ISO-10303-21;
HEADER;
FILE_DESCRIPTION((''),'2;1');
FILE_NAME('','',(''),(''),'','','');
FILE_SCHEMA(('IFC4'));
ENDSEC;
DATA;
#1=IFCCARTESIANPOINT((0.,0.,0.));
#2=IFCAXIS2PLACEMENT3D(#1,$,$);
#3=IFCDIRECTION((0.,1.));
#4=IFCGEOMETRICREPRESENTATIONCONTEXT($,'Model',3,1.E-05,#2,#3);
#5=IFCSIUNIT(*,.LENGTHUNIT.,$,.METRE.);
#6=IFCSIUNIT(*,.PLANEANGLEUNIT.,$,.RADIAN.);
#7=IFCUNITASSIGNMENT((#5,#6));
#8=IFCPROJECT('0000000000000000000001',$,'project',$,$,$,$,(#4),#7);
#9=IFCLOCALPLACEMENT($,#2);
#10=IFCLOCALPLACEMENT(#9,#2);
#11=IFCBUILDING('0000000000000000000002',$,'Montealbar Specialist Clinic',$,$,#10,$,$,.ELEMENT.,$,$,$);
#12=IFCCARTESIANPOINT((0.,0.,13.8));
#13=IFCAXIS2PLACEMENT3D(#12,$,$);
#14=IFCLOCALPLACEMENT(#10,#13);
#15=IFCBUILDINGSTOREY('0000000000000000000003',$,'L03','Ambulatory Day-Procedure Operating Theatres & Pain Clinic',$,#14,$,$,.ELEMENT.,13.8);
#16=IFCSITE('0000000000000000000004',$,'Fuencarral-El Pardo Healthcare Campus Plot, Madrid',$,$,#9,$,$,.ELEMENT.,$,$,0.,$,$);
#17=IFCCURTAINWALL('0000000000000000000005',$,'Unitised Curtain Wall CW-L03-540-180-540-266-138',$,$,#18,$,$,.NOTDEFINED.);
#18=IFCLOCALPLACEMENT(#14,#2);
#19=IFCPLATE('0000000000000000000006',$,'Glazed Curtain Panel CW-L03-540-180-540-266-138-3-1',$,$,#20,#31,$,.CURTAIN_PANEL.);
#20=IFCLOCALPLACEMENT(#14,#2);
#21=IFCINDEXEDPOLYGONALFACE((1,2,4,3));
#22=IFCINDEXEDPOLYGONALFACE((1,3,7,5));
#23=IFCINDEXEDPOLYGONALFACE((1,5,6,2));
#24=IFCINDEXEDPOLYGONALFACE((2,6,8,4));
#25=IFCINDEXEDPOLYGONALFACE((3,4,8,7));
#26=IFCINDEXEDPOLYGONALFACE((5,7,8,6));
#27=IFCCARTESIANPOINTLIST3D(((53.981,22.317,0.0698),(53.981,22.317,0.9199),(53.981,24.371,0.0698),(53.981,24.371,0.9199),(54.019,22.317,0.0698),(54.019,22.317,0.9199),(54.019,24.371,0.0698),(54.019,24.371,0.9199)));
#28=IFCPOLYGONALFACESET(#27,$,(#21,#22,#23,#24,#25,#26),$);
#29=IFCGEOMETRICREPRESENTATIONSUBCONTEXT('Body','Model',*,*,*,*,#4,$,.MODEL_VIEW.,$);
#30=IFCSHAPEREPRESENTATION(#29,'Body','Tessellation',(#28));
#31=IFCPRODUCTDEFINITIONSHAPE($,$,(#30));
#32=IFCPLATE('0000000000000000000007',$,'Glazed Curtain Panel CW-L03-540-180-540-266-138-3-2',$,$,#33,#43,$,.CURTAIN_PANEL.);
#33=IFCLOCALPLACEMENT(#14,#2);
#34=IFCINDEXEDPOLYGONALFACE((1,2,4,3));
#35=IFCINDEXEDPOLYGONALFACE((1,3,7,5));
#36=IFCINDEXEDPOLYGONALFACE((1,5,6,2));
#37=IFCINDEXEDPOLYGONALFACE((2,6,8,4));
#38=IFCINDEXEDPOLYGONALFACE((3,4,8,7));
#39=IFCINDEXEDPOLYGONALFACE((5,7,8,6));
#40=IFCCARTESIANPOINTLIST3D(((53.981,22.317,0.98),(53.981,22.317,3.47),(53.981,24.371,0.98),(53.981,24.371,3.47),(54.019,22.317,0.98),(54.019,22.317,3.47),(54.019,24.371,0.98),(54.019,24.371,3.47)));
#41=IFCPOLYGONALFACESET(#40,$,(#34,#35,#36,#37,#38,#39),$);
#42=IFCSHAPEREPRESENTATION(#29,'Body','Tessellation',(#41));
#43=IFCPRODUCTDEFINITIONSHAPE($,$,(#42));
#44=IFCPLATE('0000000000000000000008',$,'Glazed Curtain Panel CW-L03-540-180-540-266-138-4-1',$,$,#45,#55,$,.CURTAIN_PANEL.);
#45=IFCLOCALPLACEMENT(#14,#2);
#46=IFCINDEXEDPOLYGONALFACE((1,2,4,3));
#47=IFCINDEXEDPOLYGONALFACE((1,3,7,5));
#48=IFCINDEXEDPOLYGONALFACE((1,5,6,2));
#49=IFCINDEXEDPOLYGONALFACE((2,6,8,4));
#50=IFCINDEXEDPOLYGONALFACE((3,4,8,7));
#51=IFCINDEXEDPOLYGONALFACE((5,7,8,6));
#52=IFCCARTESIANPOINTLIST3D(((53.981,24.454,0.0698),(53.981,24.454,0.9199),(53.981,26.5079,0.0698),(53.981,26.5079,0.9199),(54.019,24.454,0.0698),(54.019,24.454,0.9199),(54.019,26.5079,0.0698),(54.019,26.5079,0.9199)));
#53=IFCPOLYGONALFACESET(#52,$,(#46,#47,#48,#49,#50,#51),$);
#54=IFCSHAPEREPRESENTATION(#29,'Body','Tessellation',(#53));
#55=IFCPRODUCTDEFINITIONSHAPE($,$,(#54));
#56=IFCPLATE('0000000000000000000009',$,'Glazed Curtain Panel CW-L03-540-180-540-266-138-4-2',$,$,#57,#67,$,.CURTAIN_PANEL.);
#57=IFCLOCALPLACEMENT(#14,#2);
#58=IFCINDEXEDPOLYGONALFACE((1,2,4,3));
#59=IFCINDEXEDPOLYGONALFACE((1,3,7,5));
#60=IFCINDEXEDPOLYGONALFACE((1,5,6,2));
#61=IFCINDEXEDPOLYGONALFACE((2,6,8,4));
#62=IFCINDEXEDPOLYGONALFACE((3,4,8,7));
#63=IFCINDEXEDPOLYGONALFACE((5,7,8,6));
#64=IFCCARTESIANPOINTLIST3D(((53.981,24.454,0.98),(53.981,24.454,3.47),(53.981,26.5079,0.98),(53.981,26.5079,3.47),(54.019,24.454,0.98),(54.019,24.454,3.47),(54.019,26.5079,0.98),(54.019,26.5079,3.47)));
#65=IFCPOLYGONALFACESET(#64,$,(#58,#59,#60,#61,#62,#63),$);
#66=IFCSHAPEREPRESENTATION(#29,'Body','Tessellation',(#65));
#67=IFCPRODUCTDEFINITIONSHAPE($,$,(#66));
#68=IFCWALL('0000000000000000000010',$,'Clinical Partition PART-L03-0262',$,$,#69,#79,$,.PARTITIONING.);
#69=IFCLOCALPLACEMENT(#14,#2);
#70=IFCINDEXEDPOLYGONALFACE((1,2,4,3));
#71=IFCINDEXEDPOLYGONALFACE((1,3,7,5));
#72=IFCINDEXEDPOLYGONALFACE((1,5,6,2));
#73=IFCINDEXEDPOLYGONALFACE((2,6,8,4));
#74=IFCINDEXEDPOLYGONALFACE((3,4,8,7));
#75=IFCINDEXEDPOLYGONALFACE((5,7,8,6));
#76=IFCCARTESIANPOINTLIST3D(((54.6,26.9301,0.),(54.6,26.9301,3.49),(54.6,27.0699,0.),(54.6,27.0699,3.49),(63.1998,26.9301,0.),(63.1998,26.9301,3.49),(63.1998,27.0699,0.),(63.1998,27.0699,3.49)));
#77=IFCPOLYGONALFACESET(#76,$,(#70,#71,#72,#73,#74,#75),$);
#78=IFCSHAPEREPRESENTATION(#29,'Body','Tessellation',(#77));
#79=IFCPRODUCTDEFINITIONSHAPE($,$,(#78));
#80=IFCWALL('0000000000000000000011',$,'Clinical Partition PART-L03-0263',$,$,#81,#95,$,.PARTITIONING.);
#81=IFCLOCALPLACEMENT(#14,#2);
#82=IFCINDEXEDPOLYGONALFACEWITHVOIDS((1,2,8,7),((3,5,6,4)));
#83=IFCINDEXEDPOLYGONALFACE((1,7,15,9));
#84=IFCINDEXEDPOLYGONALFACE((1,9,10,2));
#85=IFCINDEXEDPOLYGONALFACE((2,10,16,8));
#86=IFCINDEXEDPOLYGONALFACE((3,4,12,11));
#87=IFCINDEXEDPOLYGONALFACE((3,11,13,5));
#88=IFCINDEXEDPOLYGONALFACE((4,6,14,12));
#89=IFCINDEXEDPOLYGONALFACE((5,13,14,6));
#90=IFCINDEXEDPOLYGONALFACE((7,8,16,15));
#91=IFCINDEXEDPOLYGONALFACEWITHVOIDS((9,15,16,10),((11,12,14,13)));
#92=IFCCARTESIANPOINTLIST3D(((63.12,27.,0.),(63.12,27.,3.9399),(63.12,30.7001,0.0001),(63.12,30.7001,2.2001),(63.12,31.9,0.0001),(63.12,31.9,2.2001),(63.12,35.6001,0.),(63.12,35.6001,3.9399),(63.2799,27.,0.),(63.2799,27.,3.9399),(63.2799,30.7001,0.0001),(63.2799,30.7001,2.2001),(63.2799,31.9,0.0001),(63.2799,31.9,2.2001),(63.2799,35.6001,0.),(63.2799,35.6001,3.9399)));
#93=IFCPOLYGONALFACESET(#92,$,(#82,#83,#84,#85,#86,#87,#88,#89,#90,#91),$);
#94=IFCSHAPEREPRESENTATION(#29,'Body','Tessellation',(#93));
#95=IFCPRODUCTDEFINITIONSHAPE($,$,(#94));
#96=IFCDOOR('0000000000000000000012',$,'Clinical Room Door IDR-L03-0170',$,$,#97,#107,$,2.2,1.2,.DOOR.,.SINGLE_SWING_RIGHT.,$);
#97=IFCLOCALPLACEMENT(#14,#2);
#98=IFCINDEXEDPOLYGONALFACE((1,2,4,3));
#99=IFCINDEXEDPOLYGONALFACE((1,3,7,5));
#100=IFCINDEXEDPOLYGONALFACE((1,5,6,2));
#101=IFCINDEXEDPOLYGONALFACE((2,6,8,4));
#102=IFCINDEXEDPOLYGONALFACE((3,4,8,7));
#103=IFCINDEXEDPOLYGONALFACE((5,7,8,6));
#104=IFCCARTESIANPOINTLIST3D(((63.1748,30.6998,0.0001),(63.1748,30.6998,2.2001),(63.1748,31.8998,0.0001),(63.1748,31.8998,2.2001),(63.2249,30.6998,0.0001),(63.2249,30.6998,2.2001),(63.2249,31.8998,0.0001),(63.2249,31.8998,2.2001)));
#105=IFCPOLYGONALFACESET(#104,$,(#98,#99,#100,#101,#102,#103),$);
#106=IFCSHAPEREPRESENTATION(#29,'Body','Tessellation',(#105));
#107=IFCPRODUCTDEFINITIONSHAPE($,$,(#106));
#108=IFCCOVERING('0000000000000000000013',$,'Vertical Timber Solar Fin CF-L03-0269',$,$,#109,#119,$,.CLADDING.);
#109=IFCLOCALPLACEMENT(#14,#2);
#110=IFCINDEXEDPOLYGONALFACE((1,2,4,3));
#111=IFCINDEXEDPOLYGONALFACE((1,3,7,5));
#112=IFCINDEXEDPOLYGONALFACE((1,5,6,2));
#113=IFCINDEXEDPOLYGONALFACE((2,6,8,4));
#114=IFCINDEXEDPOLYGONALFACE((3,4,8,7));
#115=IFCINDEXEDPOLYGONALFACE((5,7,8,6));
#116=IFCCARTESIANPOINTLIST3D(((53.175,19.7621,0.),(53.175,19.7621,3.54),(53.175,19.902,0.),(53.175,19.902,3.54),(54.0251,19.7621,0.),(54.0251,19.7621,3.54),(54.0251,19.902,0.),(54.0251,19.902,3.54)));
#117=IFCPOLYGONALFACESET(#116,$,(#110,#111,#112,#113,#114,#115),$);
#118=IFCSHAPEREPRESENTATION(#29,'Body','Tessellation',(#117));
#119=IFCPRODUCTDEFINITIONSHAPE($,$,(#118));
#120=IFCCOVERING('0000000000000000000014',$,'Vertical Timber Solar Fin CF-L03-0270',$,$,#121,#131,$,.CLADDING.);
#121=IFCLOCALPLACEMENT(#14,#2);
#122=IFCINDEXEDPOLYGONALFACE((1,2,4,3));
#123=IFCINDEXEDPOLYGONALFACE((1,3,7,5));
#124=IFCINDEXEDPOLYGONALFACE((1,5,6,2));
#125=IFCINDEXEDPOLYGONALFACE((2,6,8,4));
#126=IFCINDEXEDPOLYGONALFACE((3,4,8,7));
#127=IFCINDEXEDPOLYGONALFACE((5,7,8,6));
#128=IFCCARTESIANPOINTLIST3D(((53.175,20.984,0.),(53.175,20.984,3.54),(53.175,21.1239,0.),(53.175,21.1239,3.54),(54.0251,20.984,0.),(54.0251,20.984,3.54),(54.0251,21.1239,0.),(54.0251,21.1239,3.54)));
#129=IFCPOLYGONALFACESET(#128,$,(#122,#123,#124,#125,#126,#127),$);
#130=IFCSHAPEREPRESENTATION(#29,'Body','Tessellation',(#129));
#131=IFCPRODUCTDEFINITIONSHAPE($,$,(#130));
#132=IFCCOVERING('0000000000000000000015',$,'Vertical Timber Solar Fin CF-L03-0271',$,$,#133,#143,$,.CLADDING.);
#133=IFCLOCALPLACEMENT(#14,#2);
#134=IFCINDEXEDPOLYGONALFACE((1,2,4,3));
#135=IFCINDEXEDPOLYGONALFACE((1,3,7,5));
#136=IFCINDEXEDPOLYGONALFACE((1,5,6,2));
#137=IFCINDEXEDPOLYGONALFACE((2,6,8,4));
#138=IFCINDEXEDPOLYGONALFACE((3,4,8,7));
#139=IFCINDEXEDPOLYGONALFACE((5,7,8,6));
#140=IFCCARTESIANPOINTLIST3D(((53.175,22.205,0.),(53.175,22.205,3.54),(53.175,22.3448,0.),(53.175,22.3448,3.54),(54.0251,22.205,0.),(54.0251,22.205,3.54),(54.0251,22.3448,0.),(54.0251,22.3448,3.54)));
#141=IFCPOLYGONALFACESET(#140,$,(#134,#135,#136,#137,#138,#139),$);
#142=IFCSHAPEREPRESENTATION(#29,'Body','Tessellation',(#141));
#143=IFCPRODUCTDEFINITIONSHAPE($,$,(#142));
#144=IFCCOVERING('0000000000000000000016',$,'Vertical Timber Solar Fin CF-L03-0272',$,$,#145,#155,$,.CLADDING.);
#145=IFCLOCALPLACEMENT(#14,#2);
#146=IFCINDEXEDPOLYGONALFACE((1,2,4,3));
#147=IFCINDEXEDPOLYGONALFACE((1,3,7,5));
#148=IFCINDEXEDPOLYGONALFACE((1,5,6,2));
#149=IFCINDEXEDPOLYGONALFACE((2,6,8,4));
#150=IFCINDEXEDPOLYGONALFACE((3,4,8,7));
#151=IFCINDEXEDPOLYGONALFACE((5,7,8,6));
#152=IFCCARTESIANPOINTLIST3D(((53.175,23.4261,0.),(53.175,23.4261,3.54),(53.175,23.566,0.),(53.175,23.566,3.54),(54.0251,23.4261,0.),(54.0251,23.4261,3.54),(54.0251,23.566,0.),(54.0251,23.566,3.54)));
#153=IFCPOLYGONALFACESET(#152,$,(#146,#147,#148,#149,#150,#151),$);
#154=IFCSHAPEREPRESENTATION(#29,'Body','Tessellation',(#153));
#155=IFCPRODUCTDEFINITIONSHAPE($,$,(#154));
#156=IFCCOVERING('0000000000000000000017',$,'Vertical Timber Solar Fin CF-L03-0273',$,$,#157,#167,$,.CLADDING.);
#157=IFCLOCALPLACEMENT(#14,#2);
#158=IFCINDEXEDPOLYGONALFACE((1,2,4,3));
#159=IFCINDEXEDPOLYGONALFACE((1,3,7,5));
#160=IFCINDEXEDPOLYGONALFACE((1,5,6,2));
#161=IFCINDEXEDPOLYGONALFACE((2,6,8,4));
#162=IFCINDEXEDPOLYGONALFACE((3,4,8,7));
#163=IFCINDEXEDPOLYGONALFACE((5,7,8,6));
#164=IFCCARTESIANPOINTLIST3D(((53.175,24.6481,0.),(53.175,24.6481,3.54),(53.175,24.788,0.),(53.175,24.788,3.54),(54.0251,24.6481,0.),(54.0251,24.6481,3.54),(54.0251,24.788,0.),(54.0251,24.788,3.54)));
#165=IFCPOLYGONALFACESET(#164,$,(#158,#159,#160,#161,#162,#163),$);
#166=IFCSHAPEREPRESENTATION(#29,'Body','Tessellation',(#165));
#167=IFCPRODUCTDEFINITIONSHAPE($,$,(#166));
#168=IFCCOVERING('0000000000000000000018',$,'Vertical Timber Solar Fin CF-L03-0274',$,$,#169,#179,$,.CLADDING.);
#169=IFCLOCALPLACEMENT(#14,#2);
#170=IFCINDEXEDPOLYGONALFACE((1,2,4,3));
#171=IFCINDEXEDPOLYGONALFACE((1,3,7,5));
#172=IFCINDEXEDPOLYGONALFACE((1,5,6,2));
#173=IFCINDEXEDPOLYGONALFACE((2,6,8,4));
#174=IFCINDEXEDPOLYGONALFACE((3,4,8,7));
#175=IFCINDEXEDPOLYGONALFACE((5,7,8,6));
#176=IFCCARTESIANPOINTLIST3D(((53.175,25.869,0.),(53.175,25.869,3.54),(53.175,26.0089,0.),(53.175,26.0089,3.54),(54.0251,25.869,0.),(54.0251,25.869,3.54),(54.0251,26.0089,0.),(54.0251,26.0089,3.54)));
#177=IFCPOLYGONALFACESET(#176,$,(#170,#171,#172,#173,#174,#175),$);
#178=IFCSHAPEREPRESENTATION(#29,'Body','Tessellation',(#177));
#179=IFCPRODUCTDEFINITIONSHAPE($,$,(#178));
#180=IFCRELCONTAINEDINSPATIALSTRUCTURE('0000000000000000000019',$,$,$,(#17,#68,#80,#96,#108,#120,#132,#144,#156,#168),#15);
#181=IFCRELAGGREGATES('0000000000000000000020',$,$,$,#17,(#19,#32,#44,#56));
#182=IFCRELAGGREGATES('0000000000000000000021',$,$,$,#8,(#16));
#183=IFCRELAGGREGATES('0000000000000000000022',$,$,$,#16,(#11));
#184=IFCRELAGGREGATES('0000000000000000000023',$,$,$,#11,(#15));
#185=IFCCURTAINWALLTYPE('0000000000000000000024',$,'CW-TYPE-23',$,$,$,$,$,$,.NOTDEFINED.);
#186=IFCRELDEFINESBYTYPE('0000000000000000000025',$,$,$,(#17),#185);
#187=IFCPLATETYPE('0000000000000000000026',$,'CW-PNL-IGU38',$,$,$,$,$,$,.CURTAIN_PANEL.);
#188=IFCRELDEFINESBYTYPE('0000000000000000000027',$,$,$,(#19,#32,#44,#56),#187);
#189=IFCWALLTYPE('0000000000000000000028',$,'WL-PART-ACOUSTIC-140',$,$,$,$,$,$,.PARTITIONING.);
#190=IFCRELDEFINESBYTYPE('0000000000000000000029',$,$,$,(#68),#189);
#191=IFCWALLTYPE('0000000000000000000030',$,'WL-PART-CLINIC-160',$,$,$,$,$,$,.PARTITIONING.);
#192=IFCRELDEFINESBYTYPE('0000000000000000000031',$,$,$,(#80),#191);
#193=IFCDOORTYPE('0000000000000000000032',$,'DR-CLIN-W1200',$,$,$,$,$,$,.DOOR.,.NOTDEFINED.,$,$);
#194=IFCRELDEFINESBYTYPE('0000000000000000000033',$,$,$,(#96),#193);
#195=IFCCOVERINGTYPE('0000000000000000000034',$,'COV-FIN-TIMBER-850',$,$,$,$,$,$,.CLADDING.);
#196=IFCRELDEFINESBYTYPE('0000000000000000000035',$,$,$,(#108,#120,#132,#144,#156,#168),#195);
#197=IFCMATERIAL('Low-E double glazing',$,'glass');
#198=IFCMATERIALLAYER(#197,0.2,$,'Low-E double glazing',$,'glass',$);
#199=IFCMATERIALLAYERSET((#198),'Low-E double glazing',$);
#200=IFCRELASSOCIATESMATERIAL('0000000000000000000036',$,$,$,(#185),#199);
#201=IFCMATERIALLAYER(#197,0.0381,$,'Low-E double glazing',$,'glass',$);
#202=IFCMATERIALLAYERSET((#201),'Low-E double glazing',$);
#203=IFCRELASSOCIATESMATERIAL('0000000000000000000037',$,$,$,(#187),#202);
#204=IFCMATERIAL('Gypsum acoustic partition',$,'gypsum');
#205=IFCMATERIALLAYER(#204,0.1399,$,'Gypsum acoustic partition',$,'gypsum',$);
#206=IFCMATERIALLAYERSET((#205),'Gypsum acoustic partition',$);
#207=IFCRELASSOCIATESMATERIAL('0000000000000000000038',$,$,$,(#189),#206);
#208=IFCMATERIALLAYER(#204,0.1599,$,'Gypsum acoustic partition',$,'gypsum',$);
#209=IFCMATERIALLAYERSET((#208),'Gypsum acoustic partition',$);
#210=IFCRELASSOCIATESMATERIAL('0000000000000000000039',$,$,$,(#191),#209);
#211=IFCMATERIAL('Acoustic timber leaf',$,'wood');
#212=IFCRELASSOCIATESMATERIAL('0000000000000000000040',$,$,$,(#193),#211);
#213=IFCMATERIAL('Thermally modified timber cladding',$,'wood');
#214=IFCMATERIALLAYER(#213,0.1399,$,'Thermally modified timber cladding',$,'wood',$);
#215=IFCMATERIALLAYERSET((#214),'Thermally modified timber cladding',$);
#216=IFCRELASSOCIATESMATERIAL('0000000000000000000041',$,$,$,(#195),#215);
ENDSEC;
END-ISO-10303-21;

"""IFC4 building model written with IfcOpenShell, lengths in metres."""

from ifc_helpers import new_model, si_unit, direction, frame, frame_2d, origin, origin_2d, place, context, subcontext, project, spatial, rectangle, extrude, material, layer, layer_set, type_object, element, fill, aggregate, save


model = new_model("IFC4")

# Units and contexts
model_context = context("Model", 3, precision=1e-05, world=origin(), true_north=direction((0.0, 1.0)))
body_context = subcontext(model_context, "Body", "Model", "MODEL_VIEW")
ifc_project = project(units=[si_unit("LENGTHUNIT", "METRE"), si_unit("PLANEANGLEUNIT", "RADIAN")], contexts=[model_context])

# Site, building, storey
site_placement = place(None, origin())
site = spatial("IfcSite", under=ifc_project, at=site_placement, Name="Fuencarral-El Pardo Healthcare Campus Plot, Madrid", CompositionType="ELEMENT", RefElevation=0.0)
building_placement = place(site_placement, origin())
building = spatial("IfcBuilding", under=site, at=building_placement, Name="Montealbar Specialist Clinic", CompositionType="ELEMENT")
storey_placement = place(building_placement, frame((0.0, 0.0, 13.8)))
storey = spatial("IfcBuildingStorey", under=building, at=storey_placement, Name="L03", Description="Ambulatory Day-Procedure Operating Theatres & Pain Clinic", CompositionType="ELEMENT", Elevation=13.8)

# Shared definitions
ifc_material_1 = material(Name="Low-E double glazing", Category="glass")

# Curtain wall
ifc_layer_1 = layer(ifc_material_1, 0.2, Name="Low-E double glazing", Category="glass")
ifc_layer_set_1 = layer_set([ifc_layer_1], Name="Low-E double glazing")
curtain_wall_type_1 = type_object("IfcCurtainWallType", Name="CW-TYPE-23", PredefinedType="NOTDEFINED", material=ifc_layer_set_1)
curtain_wall_1_placement = place(storey_placement, origin())
curtain_wall_1 = element("IfcCurtainWall", 1, at=curtain_wall_1_placement, inside=storey, type_object=curtain_wall_type_1, Name="Unitised Curtain Wall CW-L03-540-180-540-266-138", PredefinedType="NOTDEFINED")

# Plates
ifc_layer_2 = layer(ifc_material_1, 0.0381, Name="Low-E double glazing", Category="glass")
ifc_layer_set_2 = layer_set([ifc_layer_2], Name="Low-E double glazing")
plate_type = type_object("IfcPlateType", Name="CW-PNL-IGU38", PredefinedType="CURTAIN_PANEL", material=ifc_layer_set_2)
plate_1_placement = place(storey_placement, frame((54.0, 23.344, 0.0698), z_axis=(0.0, 0.0, 1.0), x_axis=(0.0, 1.0, 0.0)))
plate_1 = element("IfcPlate", 2, at=plate_1_placement, type_object=plate_type, Name="Glazed Curtain Panel CW-L03-540-180-540-266-138-3-1", PredefinedType="CURTAIN_PANEL", context=body_context, shape_type="SweptSolid", body=[
    extrude(rectangle(XDim=2.054, YDim=0.0381, at=origin_2d()), origin(), (0.0, 0.0, 1.0), 0.8501),
])
plate_2_placement = place(storey_placement, frame((54.0, 23.344, 0.98), z_axis=(0.0, 0.0, 1.0), x_axis=(0.0, 1.0, 0.0)))
plate_2 = element("IfcPlate", 3, at=plate_2_placement, type_object=plate_type, Name="Glazed Curtain Panel CW-L03-540-180-540-266-138-3-2", PredefinedType="CURTAIN_PANEL", context=body_context, shape_type="SweptSolid", body=[
    extrude(rectangle(XDim=2.054, YDim=0.0381, at=origin_2d()), origin(), (0.0, 0.0, 1.0), 2.49),
])
plate_3_placement = place(storey_placement, frame((54.0, 25.481, 0.0698), z_axis=(0.0, 0.0, 1.0), x_axis=(0.0, 1.0, 0.0)))
plate_3 = element("IfcPlate", 4, at=plate_3_placement, type_object=plate_type, Name="Glazed Curtain Panel CW-L03-540-180-540-266-138-4-1", PredefinedType="CURTAIN_PANEL", context=body_context, shape_type="SweptSolid", body=[
    extrude(rectangle(XDim=2.054, YDim=0.0381, at=origin_2d()), origin(), (0.0, 0.0, 1.0), 0.8501),
])
plate_4_placement = place(storey_placement, frame((54.0, 25.481, 0.98), z_axis=(0.0, 0.0, 1.0), x_axis=(0.0, 1.0, 0.0)))
plate_4 = element("IfcPlate", 5, at=plate_4_placement, type_object=plate_type, Name="Glazed Curtain Panel CW-L03-540-180-540-266-138-4-2", PredefinedType="CURTAIN_PANEL", context=body_context, shape_type="SweptSolid", body=[
    extrude(rectangle(XDim=2.054, YDim=0.0381, at=origin_2d()), origin(), (0.0, 0.0, 1.0), 2.49),
])
aggregate(curtain_wall_1, [plate_1, plate_2, plate_3, plate_4])

# Wall
ifc_material_2 = material(Name="Gypsum acoustic partition", Category="gypsum")
ifc_layer_3 = layer(ifc_material_2, 0.1399, Name="Gypsum acoustic partition", Category="gypsum")
ifc_layer_set_3 = layer_set([ifc_layer_3], Name="Gypsum acoustic partition")
wall_type_1 = type_object("IfcWallType", Name="WL-PART-ACOUSTIC-140", PredefinedType="PARTITIONING", material=ifc_layer_set_3)
wall_1_placement = place(storey_placement, frame((54.6001, 27.0, 0.0), z_axis=(0.0, 0.0, 1.0), x_axis=(1.0, 0.0, 0.0)))
element("IfcWall", 6, at=wall_1_placement, inside=storey, type_object=wall_type_1, Name="Clinical Partition PART-L03-0262", PredefinedType="PARTITIONING", context=body_context, shape_type="SweptSolid", body=[
    extrude(rectangle(XDim=8.5999, YDim=0.1399, at=frame_2d((4.2998, 0.0))), origin(), (0.0, 0.0, 1.0), 3.49),
])

# Wall, opening, door
ifc_layer_4 = layer(ifc_material_2, 0.1599, Name="Gypsum acoustic partition", Category="gypsum")
ifc_layer_set_4 = layer_set([ifc_layer_4], Name="Gypsum acoustic partition")
wall_type_2 = type_object("IfcWallType", Name="WL-PART-CLINIC-160", PredefinedType="PARTITIONING", material=ifc_layer_set_4)
wall_2_placement = place(storey_placement, frame((63.2, 27.0, 0.0), z_axis=(0.0, 0.0, 1.0), x_axis=(0.0, 1.0, 0.0)))
wall_2 = element("IfcWall", 7, at=wall_2_placement, inside=storey, type_object=wall_type_2, Name="Clinical Partition PART-L03-0263", PredefinedType="PARTITIONING", context=body_context, shape_type="SweptSolid", body=[
    extrude(rectangle(XDim=8.6001, YDim=0.1599, at=frame_2d((4.3, 0.0))), origin(), (0.0, 0.0, 1.0), 3.9399),
])
opening_placement = place(wall_2_placement, frame((3.7, 0.0, 0.0)))
opening = element("IfcOpeningElement", 8, at=opening_placement, cuts=wall_2, PredefinedType="OPENING", context=body_context, shape_type="SweptSolid", body=[
    extrude(rectangle(XDim=1.2, YDim=2.2, at=frame_2d((0.6001, 1.1001))), frame((0.0, 0.0898, 0.0), z_axis=(0.0, -1.0, 0.0), x_axis=(1.0, 0.0, 0.0)), (0.0, 0.0, 1.0), 0.1799),
])
ifc_material_3 = material(Name="Acoustic timber leaf", Category="wood")
door_type = type_object("IfcDoorType", Name="DR-CLIN-W1200", OperationType="NOTDEFINED", PredefinedType="DOOR", material=ifc_material_3)
door_placement = place(opening_placement, frame((1.2, 0.0, 0.0), z_axis=(0.0, 0.0, 1.0), x_axis=(-1.0, 0.0, 0.0)))
door = element("IfcDoor", 9, at=door_placement, inside=storey, type_object=door_type, Name="Clinical Room Door IDR-L03-0170", OperationType="SINGLE_SWING_RIGHT", OverallHeight=2.2, OverallWidth=1.2, PredefinedType="DOOR", context=body_context, shape_type="SweptSolid", body=[
    extrude(rectangle(XDim=1.2, YDim=2.2, at=frame_2d((0.6001, 1.1001))), frame((0.0, 0.0249, 0.0), z_axis=(0.0, -1.0, 0.0), x_axis=(1.0, 0.0, 0.0)), (0.0, 0.0, 1.0), 0.05),
])
fill(opening, door)

# Coverings
ifc_material_4 = material(Name="Thermally modified timber cladding", Category="wood")
ifc_layer_5 = layer(ifc_material_4, 0.1399, Name="Thermally modified timber cladding", Category="wood")
ifc_layer_set_5 = layer_set([ifc_layer_5], Name="Thermally modified timber cladding")
covering_type = type_object("IfcCoveringType", Name="COV-FIN-TIMBER-850", PredefinedType="CLADDING", material=ifc_layer_set_5)
for number, where, z_axis, x_axis, name in (
    (10, (53.6001, 19.832, 0.0), (0.0, 0.0, 1.0), (-1.0, 0.0, 0.0), "Vertical Timber Solar Fin CF-L03-0269"),
    (11, (53.6001, 21.054, 0.0), (0.0, 0.0, 1.0), (-1.0, 0.0, 0.0), "Vertical Timber Solar Fin CF-L03-0270"),
    (12, (53.6001, 22.2749, 0.0), (0.0, 0.0, 1.0), (-1.0, 0.0, 0.0), "Vertical Timber Solar Fin CF-L03-0271"),
    (13, (53.6001, 23.4961, 0.0), (0.0, 0.0, 1.0), (-1.0, 0.0, 0.0), "Vertical Timber Solar Fin CF-L03-0272"),
    (14, (53.6001, 24.718, 0.0), (0.0, 0.0, 1.0), (-1.0, 0.0, 0.0), "Vertical Timber Solar Fin CF-L03-0273"),
    (15, (53.6001, 25.939, 0.0), (0.0, 0.0, 1.0), (-1.0, 0.0, 0.0), "Vertical Timber Solar Fin CF-L03-0274"),
):
    element("IfcCovering", number, at=place(storey_placement, frame(where, z_axis=z_axis, x_axis=x_axis)), inside=storey, type_object=covering_type, Name=name, PredefinedType="CLADDING", context=body_context, shape_type="SweptSolid", body=[
        extrude(rectangle(XDim=0.8501, YDim=0.1399, at=origin_2d()), origin(), (0.0, 0.0, 1.0), 3.54),
    ])

save(model, "model.ifc")
